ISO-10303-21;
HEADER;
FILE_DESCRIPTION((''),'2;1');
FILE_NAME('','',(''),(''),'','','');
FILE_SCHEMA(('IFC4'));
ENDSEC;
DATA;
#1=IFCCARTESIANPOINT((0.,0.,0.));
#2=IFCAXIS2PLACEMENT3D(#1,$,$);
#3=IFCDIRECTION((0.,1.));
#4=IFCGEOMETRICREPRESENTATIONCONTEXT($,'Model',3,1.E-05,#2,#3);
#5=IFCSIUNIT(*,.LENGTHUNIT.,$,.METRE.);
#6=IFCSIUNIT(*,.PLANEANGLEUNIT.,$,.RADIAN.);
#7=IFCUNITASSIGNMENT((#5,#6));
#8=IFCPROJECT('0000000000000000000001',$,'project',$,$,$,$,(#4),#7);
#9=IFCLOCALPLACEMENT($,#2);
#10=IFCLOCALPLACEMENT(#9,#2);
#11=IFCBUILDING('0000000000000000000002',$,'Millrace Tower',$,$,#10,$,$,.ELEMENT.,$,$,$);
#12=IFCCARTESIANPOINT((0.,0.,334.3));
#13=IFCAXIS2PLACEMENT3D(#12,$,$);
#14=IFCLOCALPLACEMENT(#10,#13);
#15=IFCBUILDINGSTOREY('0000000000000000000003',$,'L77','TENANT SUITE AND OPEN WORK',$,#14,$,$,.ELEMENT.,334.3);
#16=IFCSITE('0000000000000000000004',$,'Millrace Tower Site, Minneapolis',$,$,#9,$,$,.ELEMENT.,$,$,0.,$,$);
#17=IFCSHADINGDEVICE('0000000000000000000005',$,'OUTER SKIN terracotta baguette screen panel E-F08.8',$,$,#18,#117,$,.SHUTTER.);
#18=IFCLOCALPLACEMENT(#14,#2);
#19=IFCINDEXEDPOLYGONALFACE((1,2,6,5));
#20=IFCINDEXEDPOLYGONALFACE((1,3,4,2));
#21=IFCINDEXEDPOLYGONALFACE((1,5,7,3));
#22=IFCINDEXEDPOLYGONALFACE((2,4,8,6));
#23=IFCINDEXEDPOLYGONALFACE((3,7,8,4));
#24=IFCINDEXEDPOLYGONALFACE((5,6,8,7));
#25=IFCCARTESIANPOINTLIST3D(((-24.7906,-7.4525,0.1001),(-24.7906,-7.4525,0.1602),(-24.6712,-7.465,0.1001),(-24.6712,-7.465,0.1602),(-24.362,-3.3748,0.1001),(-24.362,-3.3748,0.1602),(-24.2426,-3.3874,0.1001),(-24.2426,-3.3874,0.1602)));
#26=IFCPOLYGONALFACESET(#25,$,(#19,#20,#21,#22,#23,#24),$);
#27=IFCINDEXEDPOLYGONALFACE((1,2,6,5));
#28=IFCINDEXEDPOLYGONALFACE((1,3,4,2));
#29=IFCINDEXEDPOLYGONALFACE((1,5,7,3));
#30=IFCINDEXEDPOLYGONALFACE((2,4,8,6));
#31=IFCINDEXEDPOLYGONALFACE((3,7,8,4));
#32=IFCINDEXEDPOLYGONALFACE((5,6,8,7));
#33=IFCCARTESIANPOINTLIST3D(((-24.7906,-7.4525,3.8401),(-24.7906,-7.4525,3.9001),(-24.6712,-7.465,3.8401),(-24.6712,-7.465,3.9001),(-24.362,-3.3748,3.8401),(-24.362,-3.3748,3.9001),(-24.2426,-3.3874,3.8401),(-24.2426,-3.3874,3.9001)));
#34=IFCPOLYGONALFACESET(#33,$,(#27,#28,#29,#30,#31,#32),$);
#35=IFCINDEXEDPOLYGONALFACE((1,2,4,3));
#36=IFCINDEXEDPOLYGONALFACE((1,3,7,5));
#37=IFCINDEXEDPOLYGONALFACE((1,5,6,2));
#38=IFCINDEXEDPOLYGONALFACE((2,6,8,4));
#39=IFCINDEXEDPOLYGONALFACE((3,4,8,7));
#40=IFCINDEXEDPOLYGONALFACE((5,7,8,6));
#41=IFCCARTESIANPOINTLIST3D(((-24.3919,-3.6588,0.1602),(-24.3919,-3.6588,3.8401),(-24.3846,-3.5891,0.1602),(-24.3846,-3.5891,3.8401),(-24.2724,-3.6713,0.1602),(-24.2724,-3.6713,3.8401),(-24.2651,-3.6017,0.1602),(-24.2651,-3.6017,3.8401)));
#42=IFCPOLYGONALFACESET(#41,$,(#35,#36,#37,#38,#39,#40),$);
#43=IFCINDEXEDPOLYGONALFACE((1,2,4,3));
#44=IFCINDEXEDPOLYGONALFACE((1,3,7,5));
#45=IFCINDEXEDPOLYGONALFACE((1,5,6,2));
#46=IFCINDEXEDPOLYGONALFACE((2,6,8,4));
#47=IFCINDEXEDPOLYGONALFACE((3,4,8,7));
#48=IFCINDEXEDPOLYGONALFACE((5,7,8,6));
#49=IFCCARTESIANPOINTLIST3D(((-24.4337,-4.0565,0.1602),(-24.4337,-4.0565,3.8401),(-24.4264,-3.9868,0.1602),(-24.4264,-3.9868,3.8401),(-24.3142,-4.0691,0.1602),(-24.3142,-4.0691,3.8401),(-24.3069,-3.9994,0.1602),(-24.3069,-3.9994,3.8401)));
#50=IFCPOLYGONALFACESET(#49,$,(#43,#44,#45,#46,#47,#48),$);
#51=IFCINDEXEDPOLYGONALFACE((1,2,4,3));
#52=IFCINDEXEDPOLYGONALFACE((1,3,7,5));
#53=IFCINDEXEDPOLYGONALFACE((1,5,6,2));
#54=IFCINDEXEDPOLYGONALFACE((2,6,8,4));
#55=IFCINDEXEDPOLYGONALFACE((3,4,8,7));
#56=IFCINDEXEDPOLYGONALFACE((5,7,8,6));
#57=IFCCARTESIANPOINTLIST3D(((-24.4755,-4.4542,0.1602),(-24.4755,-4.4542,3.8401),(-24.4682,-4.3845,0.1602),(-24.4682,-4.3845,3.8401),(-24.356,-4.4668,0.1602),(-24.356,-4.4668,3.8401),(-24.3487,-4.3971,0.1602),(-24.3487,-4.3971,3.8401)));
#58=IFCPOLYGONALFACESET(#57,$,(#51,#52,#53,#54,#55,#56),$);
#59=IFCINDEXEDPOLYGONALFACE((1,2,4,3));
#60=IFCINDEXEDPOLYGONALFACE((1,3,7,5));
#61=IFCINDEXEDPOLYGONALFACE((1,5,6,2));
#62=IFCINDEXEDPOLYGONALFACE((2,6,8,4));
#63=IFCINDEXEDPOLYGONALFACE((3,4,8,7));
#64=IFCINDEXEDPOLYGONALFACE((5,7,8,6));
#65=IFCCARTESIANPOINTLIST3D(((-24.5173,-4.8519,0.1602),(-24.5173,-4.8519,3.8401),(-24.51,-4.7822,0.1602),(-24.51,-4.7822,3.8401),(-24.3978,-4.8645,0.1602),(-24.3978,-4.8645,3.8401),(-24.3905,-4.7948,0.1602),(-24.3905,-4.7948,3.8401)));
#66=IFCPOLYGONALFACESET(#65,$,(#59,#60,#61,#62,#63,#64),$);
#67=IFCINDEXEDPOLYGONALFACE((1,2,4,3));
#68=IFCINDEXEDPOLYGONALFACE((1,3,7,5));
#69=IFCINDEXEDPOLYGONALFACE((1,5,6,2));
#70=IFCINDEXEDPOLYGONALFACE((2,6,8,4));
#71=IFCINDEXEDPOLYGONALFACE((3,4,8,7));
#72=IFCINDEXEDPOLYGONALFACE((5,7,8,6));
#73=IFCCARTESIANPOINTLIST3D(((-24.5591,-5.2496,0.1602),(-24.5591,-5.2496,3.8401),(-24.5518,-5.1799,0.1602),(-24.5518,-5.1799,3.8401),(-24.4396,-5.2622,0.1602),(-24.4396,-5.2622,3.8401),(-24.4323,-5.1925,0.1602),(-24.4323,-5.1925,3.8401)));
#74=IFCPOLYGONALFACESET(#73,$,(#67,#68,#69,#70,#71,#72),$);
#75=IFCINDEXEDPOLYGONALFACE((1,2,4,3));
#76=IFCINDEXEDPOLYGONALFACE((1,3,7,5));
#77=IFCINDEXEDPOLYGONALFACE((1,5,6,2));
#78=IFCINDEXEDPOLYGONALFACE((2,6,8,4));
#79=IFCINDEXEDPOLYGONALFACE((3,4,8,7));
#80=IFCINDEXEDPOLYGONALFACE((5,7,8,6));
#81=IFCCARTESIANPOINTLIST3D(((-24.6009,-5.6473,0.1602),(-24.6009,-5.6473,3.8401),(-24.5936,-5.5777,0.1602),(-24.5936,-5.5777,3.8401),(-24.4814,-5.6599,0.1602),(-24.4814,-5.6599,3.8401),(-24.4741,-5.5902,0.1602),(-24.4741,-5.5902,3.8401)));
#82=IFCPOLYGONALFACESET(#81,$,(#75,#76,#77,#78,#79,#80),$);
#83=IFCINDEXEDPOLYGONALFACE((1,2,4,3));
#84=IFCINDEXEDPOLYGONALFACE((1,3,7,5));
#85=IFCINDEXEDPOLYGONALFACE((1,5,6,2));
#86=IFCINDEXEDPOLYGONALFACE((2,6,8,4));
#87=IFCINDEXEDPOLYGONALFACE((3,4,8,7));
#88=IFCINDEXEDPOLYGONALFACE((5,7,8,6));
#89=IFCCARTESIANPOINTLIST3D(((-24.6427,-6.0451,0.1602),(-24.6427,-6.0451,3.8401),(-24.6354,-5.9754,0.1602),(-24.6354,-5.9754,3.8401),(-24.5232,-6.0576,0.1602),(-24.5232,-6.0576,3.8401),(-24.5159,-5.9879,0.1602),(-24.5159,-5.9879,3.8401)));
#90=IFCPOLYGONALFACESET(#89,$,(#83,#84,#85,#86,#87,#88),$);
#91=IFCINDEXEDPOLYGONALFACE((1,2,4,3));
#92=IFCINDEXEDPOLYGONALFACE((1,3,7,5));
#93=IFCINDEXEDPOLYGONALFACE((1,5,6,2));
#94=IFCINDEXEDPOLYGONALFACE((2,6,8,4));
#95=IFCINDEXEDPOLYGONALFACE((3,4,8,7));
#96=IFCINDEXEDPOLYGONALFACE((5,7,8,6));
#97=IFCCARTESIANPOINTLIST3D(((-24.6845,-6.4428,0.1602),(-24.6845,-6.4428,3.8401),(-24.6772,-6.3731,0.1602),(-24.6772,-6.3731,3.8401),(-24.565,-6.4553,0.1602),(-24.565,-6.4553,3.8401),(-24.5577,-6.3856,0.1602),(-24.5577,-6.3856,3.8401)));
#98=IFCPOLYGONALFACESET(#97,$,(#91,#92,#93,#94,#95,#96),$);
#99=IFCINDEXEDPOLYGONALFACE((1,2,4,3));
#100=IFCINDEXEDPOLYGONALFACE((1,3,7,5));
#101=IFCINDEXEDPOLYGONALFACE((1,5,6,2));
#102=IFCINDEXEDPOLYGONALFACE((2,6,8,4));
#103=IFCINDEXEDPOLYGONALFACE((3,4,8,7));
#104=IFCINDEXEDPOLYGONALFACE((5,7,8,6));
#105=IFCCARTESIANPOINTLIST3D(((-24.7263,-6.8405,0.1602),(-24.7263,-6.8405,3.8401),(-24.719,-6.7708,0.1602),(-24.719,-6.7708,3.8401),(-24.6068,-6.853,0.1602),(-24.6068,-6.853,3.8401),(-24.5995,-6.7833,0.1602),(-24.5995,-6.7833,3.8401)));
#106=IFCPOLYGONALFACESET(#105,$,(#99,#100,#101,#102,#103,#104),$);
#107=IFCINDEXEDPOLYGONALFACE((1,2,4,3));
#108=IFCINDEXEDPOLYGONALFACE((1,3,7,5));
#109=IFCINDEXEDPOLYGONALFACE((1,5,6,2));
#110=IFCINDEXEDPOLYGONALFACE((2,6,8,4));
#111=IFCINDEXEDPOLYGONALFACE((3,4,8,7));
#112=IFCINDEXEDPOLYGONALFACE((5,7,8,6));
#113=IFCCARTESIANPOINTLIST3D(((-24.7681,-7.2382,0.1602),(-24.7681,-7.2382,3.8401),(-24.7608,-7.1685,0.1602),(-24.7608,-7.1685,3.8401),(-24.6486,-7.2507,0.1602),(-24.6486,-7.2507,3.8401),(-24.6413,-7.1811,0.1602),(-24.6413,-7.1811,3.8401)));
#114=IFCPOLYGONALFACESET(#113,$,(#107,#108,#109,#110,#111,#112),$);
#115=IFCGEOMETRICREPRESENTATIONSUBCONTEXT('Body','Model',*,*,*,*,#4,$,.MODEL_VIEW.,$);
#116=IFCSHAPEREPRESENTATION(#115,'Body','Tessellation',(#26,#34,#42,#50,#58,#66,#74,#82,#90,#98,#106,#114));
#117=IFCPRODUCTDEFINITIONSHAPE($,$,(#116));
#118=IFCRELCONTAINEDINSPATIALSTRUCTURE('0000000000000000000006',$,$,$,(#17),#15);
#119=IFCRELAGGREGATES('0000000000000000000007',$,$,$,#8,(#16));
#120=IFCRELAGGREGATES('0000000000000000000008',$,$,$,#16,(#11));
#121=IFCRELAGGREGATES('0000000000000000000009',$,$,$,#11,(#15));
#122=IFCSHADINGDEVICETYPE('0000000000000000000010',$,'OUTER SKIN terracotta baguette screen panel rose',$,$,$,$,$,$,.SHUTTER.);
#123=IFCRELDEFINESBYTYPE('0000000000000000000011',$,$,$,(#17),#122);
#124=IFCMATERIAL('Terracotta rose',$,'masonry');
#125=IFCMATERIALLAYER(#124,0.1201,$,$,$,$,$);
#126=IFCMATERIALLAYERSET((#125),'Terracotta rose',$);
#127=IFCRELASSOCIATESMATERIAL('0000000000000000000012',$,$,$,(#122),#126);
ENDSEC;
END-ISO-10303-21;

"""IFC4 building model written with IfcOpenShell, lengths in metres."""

from ifc_helpers import new_model, entity, si_unit, direction, frame, frame_2d, origin, place, context, subcontext, project, spatial, rectangle, extrude, source, transform, mapped, material, layer, layer_set, type_object, element, save


model = new_model("IFC4")

# Units and contexts
model_context = context("Model", 3, precision=1e-05, world=origin(), true_north=direction((0.0, 1.0)))
body_context = subcontext(model_context, "Body", "Model", "MODEL_VIEW")
ifc_project = project(units=[si_unit("LENGTHUNIT", "METRE"), si_unit("PLANEANGLEUNIT", "RADIAN")], contexts=[model_context])

# Site, building, storey
site_placement = place(None, origin())
site = spatial("IfcSite", under=ifc_project, at=site_placement, Name="Millrace Tower Site, Minneapolis", CompositionType="ELEMENT", RefElevation=0.0)
building_placement = place(site_placement, origin())
building = spatial("IfcBuilding", under=site, at=building_placement, Name="Millrace Tower", CompositionType="ELEMENT")
storey_placement = place(building_placement, frame((0.0, 0.0, 334.3)))
storey = spatial("IfcBuildingStorey", under=building, at=storey_placement, Name="L77", Description="TENANT SUITE AND OPEN WORK", CompositionType="ELEMENT", Elevation=334.3)

# Shading device
ifc_material_1 = material(Name="Terracotta rose", Category="masonry")
ifc_layer_1 = layer(ifc_material_1, 0.1201)
ifc_layer_set_1 = layer_set([ifc_layer_1], Name="Terracotta rose")
shading_device_type = type_object("IfcShadingDeviceType", Name="OUTER SKIN terracotta baguette screen panel rose", PredefinedType="SHUTTER", material=ifc_layer_set_1)
cartesian_point_1 = entity("IfcCartesianPoint", [-2.05, 0.0601])
shared_polyline_1 = entity("IfcPolyline", [cartesian_point_1, entity("IfcCartesianPoint", [2.05, 0.0601]), entity("IfcCartesianPoint", [2.05, -0.0601]), entity("IfcCartesianPoint", [-2.05, -0.0601]), cartesian_point_1])
shared_shape_1 = source(origin(), body_context, "Body", "SweptSolid", [
    entity("IfcExtrudedAreaSolid", entity("IfcArbitraryClosedProfileDef", "AREA", None, shared_polyline_1), entity("IfcAxis2Placement3D", entity("IfcCartesianPoint", [0.0, 0.0, 0.0])), entity("IfcDirection", [0.0, 0.0, 1.0]), 0.0601),
    entity("IfcExtrudedAreaSolid", entity("IfcArbitraryClosedProfileDef", "AREA", None, shared_polyline_1), entity("IfcAxis2Placement3D", entity("IfcCartesianPoint", [0.0, 0.0, 3.74])), entity("IfcDirection", [0.0, 0.0, 1.0]), 0.0601),
    extrude(rectangle(XDim=0.0701, YDim=0.1201, at=frame_2d((-1.7996, 0.0))), frame((0.0, 0.0, 0.0601)), (0.0, 0.0, 1.0), 3.6799),
    extrude(rectangle(XDim=0.0701, YDim=0.1201, at=frame_2d((-1.3997, 0.0))), frame((0.0, 0.0, 0.0601)), (0.0, 0.0, 1.0), 3.6799),
    extrude(rectangle(XDim=0.0701, YDim=0.1201, at=frame_2d((-0.9998, 0.0))), frame((0.0, 0.0, 0.0601)), (0.0, 0.0, 1.0), 3.6799),
    extrude(rectangle(XDim=0.0701, YDim=0.1201, at=frame_2d((-0.5999, 0.0))), frame((0.0, 0.0, 0.0601)), (0.0, 0.0, 1.0), 3.6799),
    extrude(rectangle(XDim=0.0701, YDim=0.1201, at=frame_2d((-0.2, 0.0))), frame((0.0, 0.0, 0.0601)), (0.0, 0.0, 1.0), 3.6799),
    extrude(rectangle(XDim=0.0701, YDim=0.1201, at=frame_2d((0.2, 0.0))), frame((0.0, 0.0, 0.0601)), (0.0, 0.0, 1.0), 3.6799),
    extrude(rectangle(XDim=0.0701, YDim=0.1201, at=frame_2d((0.5999, 0.0))), frame((0.0, 0.0, 0.0601)), (0.0, 0.0, 1.0), 3.6799),
    extrude(rectangle(XDim=0.0701, YDim=0.1201, at=frame_2d((0.9998, 0.0))), frame((0.0, 0.0, 0.0601)), (0.0, 0.0, 1.0), 3.6799),
    extrude(rectangle(XDim=0.0701, YDim=0.1201, at=frame_2d((1.3997, 0.0))), frame((0.0, 0.0, 0.0601)), (0.0, 0.0, 1.0), 3.6799),
    extrude(rectangle(XDim=0.0701, YDim=0.1201, at=frame_2d((1.7996, 0.0))), frame((0.0, 0.0, 0.0601)), (0.0, 0.0, 1.0), 3.6799),
])
for number, where, z_axis, x_axis, name in (
    (1, (-24.5166, -5.4199, 0.1001), (0.0, 0.0, 1.0), (-0.104528, -0.994522, 0.0), "OUTER SKIN terracotta baguette screen panel E-F08.8"),
):
    element("IfcShadingDevice", number, at=place(storey_placement, frame(where, z_axis=z_axis, x_axis=x_axis)), inside=storey, type_object=shading_device_type, Name=name, PredefinedType="SHUTTER", context=body_context, shape_type="MappedRepresentation", body=[
        mapped(shared_shape_1, transform((0.0, 0.0, 0.0), scale=1.0)),
    ])

save(model, "model.ifc")
